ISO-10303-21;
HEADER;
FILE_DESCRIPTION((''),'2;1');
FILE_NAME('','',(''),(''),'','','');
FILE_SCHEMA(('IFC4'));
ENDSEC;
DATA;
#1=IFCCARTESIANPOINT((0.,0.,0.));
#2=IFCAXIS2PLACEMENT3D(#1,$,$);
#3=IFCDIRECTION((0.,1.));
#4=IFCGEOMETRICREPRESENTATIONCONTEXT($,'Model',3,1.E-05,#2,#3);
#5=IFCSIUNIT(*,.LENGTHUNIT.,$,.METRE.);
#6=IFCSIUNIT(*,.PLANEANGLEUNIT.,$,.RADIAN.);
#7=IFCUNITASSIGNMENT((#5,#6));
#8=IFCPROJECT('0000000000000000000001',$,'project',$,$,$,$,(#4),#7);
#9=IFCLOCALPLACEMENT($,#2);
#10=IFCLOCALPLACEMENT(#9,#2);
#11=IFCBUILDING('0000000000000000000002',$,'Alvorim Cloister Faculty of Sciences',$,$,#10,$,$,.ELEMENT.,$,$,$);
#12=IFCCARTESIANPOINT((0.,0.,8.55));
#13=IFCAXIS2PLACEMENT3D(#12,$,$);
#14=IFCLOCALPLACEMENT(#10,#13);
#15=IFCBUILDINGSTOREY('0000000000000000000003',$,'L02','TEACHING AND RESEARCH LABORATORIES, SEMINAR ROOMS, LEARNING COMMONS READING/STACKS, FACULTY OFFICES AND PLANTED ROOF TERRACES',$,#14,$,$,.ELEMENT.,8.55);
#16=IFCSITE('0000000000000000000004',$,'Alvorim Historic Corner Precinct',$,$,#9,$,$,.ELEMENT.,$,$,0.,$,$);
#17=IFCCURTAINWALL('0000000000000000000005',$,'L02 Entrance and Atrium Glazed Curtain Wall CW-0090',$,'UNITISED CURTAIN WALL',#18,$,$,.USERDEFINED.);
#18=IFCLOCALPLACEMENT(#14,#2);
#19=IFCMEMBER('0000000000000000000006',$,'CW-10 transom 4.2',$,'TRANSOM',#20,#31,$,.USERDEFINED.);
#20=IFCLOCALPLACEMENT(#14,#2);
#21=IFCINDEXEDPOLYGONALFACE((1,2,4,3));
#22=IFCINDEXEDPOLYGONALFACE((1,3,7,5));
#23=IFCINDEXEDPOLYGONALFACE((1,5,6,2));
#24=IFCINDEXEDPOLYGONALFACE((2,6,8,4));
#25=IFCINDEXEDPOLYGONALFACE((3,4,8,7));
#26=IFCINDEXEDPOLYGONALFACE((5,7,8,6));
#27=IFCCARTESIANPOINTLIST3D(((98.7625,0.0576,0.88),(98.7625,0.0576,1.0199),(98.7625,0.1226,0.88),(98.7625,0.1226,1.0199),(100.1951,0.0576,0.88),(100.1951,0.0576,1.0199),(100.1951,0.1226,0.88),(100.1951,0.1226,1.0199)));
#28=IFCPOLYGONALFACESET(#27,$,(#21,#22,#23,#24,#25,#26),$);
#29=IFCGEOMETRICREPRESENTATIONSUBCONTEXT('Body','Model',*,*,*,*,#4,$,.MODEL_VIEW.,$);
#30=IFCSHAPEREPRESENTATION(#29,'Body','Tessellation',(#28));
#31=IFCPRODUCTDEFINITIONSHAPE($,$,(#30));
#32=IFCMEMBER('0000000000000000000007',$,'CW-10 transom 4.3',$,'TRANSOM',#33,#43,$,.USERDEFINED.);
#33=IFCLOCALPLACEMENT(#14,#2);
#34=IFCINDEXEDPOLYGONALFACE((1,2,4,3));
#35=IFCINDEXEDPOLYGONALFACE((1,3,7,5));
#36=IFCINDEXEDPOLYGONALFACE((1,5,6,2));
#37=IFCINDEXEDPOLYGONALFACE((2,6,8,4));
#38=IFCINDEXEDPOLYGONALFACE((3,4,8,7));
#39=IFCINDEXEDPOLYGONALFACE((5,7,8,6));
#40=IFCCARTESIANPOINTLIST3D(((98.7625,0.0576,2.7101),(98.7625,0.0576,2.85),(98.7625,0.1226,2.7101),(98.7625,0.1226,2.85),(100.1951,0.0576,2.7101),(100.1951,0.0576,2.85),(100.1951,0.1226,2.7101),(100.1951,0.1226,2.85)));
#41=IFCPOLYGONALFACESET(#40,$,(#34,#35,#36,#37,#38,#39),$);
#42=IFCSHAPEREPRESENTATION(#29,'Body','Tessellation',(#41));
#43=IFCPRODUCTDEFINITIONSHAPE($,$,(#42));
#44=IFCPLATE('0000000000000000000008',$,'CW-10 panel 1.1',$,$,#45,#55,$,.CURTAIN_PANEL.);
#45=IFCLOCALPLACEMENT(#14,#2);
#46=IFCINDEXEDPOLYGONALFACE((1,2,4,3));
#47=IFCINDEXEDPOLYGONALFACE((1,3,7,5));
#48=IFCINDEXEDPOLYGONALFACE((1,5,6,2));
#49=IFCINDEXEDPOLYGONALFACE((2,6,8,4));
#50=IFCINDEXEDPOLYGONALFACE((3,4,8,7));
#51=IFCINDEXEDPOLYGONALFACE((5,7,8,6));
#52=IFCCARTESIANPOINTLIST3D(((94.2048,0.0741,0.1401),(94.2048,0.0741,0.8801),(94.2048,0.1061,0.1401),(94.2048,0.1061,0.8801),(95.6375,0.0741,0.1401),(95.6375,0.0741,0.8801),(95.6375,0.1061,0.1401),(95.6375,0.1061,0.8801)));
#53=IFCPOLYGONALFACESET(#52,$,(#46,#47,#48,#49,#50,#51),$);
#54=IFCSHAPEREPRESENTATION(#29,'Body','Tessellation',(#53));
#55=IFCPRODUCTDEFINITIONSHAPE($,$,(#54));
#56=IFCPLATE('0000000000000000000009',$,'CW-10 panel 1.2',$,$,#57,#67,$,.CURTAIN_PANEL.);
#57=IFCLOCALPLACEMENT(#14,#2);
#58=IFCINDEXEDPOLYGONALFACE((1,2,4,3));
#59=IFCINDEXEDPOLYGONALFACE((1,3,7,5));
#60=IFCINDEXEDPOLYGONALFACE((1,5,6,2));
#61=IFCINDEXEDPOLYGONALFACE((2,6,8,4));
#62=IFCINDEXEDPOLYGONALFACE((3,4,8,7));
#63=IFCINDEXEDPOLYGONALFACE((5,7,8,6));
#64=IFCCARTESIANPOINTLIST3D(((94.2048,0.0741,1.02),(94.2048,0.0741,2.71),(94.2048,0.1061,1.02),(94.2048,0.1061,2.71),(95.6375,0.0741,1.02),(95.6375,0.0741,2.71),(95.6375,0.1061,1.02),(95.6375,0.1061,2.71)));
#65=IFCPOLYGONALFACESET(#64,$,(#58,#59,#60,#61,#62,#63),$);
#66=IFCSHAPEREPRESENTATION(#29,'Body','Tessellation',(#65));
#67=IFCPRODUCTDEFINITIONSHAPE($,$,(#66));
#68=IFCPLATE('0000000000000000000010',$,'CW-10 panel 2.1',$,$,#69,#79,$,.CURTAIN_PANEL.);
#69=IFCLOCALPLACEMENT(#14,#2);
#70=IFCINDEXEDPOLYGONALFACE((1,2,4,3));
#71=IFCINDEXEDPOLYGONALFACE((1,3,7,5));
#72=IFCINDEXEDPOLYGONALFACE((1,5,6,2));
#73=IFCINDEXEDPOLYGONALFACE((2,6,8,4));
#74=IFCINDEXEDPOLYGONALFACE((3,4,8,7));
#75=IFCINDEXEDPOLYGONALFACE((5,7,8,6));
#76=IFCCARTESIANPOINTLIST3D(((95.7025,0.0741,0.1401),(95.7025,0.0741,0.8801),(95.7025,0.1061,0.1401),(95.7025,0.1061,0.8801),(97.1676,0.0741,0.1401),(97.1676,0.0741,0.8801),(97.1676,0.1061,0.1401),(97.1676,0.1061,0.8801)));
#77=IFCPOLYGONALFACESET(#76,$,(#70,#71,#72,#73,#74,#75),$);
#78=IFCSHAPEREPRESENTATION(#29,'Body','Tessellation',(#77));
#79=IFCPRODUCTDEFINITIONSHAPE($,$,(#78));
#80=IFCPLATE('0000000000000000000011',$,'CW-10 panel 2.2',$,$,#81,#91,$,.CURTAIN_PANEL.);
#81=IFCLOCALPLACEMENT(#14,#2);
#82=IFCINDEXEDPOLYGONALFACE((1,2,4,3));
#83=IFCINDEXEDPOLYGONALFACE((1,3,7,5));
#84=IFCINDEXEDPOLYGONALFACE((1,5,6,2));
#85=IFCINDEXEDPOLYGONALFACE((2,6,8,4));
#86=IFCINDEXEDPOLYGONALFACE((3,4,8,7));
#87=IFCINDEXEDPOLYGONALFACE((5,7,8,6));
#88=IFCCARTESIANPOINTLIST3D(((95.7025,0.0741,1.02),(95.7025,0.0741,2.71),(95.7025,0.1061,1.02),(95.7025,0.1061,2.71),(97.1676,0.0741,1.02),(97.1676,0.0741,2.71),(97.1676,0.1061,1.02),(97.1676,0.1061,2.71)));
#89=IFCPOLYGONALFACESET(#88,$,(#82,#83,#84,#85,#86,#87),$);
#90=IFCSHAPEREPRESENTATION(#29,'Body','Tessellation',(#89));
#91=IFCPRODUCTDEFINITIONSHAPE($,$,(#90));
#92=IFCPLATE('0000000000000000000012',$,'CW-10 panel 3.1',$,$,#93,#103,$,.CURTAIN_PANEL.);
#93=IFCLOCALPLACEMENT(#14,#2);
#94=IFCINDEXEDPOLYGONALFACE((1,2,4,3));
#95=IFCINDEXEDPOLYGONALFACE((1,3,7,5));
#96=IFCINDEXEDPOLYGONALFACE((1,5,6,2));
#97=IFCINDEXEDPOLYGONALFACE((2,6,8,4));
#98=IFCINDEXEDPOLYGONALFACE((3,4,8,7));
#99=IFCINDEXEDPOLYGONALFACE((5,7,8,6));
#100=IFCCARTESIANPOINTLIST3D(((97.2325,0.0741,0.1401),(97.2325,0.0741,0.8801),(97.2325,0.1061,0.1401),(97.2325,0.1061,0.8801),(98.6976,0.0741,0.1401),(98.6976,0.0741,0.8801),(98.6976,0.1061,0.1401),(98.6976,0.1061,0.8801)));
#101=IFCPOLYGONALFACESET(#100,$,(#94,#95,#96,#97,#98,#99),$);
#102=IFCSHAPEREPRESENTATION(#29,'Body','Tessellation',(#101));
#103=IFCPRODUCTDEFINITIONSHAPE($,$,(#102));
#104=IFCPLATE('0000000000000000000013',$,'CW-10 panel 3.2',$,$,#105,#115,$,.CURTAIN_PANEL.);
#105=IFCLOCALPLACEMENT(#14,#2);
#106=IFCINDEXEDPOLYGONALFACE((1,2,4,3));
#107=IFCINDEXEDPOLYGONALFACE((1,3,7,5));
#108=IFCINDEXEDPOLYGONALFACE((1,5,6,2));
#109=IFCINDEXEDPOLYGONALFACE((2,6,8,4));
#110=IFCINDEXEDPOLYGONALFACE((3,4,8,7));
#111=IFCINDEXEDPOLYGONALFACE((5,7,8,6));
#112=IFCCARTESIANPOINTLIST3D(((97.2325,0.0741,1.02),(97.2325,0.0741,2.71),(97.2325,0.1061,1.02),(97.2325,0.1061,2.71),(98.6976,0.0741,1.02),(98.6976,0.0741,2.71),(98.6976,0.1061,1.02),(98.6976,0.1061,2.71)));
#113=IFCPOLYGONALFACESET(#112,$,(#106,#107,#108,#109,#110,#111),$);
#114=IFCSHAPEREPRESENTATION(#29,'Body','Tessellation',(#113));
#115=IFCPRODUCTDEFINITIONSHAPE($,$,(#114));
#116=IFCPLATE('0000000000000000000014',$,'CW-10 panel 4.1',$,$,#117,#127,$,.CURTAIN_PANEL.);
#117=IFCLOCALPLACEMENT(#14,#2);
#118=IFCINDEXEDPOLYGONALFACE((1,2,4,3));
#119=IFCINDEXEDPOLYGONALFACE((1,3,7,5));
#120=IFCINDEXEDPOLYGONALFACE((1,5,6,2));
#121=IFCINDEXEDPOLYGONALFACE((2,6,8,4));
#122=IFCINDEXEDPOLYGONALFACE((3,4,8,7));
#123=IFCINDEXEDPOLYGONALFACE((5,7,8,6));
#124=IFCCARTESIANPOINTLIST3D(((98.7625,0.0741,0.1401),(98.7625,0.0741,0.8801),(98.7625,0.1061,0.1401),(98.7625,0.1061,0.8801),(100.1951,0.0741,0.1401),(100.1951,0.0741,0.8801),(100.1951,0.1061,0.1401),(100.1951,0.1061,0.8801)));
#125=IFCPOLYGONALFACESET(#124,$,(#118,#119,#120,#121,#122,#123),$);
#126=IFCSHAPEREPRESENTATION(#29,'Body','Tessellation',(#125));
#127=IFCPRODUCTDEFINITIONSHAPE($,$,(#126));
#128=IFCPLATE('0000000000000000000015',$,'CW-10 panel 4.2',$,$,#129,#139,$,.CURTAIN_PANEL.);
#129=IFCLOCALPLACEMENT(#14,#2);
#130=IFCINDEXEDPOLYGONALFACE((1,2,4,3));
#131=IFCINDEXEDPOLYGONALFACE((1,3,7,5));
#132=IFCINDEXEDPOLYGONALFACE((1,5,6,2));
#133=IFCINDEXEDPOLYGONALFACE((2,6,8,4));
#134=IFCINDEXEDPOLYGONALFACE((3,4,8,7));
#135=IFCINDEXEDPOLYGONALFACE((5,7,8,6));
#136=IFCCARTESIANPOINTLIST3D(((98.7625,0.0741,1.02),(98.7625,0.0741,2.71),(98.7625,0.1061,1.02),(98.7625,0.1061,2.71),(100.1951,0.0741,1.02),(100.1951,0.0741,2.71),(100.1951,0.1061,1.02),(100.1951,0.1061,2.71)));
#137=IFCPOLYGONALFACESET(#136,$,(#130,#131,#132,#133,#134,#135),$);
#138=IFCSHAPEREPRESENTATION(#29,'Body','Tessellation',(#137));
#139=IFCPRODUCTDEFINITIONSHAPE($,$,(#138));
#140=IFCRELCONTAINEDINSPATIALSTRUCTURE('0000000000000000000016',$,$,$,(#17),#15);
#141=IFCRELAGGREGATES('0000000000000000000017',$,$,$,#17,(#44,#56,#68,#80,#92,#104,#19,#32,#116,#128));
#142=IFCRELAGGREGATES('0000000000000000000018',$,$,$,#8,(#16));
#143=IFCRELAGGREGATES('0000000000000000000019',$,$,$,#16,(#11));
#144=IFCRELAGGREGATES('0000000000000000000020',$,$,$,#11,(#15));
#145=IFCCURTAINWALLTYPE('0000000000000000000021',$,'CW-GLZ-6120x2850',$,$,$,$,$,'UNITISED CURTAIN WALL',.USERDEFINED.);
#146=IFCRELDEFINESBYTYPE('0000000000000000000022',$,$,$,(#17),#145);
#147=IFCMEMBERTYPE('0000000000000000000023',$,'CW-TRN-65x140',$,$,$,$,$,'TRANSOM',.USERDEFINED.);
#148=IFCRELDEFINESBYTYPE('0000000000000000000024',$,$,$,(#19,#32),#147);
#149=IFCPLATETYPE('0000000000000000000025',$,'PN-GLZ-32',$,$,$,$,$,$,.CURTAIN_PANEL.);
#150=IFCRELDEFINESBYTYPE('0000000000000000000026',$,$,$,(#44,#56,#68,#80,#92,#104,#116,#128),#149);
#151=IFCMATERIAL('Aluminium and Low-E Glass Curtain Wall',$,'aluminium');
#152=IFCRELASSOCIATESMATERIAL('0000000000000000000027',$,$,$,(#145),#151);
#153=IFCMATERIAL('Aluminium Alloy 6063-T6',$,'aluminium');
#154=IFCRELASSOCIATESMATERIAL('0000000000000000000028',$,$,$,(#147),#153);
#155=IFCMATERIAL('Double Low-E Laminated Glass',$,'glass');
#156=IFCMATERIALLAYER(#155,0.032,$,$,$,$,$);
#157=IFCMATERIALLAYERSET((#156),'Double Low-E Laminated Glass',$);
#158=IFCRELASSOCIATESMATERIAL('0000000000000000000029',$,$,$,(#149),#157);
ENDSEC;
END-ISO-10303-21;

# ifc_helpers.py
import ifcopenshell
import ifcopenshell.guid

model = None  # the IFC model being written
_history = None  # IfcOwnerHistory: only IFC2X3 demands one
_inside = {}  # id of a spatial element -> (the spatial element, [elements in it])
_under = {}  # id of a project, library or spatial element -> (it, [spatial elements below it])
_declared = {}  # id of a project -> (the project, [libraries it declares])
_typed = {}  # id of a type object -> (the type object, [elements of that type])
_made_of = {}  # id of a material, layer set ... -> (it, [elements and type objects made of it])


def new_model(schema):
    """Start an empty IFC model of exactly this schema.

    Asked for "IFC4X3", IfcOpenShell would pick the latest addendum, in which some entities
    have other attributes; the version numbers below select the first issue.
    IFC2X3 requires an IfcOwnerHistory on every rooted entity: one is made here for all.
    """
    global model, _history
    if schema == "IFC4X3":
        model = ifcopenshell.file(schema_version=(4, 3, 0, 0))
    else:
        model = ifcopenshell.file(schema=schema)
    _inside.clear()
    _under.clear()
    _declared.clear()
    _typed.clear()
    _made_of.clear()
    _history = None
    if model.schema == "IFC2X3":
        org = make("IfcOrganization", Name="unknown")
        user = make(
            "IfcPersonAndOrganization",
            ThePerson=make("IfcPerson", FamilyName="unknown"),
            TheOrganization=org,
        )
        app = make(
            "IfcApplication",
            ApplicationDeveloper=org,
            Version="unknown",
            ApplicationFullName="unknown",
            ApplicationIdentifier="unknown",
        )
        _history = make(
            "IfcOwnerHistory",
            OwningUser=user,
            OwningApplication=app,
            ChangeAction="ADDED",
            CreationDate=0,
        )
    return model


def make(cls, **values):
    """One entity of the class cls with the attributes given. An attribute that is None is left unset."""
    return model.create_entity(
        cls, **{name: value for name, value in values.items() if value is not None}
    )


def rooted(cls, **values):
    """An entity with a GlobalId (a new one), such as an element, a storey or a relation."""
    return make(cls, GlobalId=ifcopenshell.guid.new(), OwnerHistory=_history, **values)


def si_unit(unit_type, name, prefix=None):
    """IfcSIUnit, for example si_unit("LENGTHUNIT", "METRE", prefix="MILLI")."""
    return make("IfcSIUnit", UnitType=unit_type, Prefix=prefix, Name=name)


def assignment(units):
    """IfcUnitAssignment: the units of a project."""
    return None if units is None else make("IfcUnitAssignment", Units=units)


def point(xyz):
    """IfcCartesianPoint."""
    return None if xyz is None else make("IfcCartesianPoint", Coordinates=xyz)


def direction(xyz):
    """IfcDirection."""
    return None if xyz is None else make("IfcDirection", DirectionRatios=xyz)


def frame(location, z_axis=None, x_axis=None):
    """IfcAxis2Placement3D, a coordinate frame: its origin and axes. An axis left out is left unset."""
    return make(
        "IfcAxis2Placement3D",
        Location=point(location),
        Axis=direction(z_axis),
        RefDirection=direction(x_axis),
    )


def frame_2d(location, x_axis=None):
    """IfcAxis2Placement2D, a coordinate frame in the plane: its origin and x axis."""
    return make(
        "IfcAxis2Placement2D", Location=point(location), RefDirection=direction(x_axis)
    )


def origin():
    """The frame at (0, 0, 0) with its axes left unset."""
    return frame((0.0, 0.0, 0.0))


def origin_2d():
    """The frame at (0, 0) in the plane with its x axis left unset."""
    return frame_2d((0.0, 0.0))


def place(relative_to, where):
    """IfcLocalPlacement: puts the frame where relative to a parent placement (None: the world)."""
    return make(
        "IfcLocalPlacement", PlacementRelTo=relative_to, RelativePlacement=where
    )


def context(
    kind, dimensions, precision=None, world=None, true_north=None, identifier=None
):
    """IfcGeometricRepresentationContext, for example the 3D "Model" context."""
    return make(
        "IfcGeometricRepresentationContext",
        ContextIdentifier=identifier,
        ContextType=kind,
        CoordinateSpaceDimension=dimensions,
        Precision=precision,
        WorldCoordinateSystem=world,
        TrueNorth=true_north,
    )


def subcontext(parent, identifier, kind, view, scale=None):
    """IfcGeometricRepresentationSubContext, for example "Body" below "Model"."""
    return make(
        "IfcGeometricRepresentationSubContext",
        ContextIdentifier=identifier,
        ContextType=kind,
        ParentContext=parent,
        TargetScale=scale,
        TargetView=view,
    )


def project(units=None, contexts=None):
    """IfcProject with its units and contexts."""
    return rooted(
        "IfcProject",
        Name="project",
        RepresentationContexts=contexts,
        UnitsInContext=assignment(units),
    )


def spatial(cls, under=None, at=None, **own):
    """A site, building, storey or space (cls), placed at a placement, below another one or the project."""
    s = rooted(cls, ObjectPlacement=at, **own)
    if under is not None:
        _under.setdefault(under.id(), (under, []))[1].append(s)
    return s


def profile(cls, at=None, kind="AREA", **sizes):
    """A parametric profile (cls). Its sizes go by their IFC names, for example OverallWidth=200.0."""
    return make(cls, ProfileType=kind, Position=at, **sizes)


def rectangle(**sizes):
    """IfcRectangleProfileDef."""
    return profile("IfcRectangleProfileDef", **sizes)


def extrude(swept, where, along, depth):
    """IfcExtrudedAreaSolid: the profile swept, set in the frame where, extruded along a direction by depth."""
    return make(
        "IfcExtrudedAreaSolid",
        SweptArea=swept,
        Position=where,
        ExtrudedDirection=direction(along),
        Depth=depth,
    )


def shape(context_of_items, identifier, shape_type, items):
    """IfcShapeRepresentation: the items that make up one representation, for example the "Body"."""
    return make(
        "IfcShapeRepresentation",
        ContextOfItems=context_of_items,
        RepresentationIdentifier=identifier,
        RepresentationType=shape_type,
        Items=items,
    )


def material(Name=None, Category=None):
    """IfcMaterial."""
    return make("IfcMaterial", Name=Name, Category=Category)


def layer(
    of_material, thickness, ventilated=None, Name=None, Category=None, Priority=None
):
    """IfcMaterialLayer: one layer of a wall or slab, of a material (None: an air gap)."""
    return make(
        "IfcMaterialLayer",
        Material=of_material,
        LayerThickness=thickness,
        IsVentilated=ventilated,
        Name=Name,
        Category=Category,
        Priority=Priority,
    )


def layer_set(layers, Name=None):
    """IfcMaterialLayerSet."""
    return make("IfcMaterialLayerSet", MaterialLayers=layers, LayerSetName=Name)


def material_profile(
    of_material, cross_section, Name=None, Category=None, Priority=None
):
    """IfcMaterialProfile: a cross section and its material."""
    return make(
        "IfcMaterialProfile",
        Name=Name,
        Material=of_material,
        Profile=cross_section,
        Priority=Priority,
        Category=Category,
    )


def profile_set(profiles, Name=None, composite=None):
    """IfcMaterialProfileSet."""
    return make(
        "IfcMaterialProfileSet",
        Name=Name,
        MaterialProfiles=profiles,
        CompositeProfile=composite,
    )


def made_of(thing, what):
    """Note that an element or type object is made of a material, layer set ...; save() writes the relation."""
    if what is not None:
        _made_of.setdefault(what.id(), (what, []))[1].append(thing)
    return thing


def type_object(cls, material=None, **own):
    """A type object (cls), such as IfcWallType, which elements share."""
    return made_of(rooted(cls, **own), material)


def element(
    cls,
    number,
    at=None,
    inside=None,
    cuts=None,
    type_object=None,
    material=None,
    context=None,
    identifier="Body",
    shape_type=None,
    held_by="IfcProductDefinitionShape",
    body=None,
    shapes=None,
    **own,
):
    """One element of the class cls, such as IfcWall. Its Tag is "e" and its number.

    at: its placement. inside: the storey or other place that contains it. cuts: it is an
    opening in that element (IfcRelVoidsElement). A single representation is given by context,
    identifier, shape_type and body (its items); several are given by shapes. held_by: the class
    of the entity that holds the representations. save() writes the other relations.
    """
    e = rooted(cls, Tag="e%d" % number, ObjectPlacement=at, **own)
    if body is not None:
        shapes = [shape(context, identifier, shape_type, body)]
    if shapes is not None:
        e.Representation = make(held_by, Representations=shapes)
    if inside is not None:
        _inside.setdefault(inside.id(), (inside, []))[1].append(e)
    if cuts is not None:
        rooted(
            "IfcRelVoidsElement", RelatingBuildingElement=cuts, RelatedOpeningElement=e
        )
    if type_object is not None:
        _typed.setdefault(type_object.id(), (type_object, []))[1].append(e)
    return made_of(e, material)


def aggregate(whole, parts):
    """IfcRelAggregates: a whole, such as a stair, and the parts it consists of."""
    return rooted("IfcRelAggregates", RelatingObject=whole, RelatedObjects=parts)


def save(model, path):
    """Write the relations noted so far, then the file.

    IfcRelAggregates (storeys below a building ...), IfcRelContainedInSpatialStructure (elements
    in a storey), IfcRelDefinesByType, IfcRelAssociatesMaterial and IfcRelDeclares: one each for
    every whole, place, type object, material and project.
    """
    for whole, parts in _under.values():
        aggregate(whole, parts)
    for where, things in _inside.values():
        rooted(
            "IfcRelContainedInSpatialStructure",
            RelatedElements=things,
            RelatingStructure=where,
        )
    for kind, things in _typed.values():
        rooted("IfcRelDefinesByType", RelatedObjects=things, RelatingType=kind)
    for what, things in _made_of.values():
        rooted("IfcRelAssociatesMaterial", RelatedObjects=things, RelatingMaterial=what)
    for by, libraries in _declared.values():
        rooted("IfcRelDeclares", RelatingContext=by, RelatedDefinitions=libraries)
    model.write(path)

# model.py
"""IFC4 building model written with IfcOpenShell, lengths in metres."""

from ifc_helpers import new_model, si_unit, direction, frame, origin, origin_2d, place, context, subcontext, project, spatial, rectangle, extrude, material, layer, layer_set, material_profile, profile_set, type_object, element, aggregate, save


model = new_model("IFC4")

# Units and contexts
model_context = context("Model", 3, precision=1e-05, world=origin(), true_north=direction((0.0, 1.0)))
body_context = subcontext(model_context, "Body", "Model", "MODEL_VIEW")
ifc_project = project(units=[si_unit("LENGTHUNIT", "METRE"), si_unit("PLANEANGLEUNIT", "RADIAN")], contexts=[model_context])

# Site, building, storey
site_placement = place(None, origin())
site = spatial("IfcSite", under=ifc_project, at=site_placement, Name="Alvorim Historic Corner Precinct", CompositionType="ELEMENT", RefElevation=0.0)
building_placement = place(site_placement, origin())
building = spatial("IfcBuilding", under=site, at=building_placement, Name="Alvorim Cloister Faculty of Sciences", CompositionType="ELEMENT")
storey_placement = place(building_placement, frame((0.0, 0.0, 8.55)))
storey = spatial("IfcBuildingStorey", under=building, at=storey_placement, Name="L02", Description="TEACHING AND RESEARCH LABORATORIES, SEMINAR ROOMS, LEARNING COMMONS READING/STACKS, FACULTY OFFICES AND PLANTED ROOF TERRACES", CompositionType="ELEMENT", Elevation=8.55)

# Curtain wall, members, plates
ifc_material_1 = material(Name="Aluminium and Low-E Glass Curtain Wall", Category="aluminium")
curtain_wall_type = type_object("IfcCurtainWallType", Name="CW-GLZ-6120x2850", ElementType="UNITISED CURTAIN WALL", PredefinedType="USERDEFINED", material=ifc_material_1)
curtain_wall_placement = place(storey_placement, origin())
curtain_wall = element("IfcCurtainWall", 1, at=curtain_wall_placement, inside=storey, type_object=curtain_wall_type, Name="L02 Entrance and Atrium Glazed Curtain Wall CW-0090", ObjectType="UNITISED CURTAIN WALL", PredefinedType="USERDEFINED")
ifc_material_2 = material(Name="Aluminium Alloy 6063-T6", Category="aluminium")
ifc_material_profile_1 = material_profile(ifc_material_2, rectangle(XDim=0.0649, YDim=0.1399, at=origin_2d()), Name="ALU-TRN-65x140")
ifc_profile_set_1 = profile_set([ifc_material_profile_1], Name="Aluminium Alloy 6063-T6")
member_type_1 = type_object("IfcMemberType", Name="CW-TRN-65x140", ElementType="TRANSOM", PredefinedType="USERDEFINED", material=ifc_profile_set_1)
member_1_placement = place(storey_placement, frame((98.7625, 0.0901, 0.95), z_axis=(1.0, 0.0, 0.0), x_axis=(0.0, 1.0, 0.0)))
member_1 = element("IfcMember", 2, at=member_1_placement, type_object=member_type_1, Name="CW-10 transom 4.2", ObjectType="TRANSOM", PredefinedType="USERDEFINED", context=body_context, shape_type="SweptSolid", body=[
    extrude(rectangle(XDim=0.0649, YDim=0.1399, at=origin_2d()), origin(), (0.0, 0.0, 1.0), 1.4326),
])
member_2_placement = place(storey_placement, frame((98.7625, 0.0901, 2.78), z_axis=(1.0, 0.0, 0.0), x_axis=(0.0, 1.0, 0.0)))
member_2 = element("IfcMember", 3, at=member_2_placement, type_object=member_type_1, Name="CW-10 transom 4.3", ObjectType="TRANSOM", PredefinedType="USERDEFINED", context=body_context, shape_type="SweptSolid", body=[
    extrude(rectangle(XDim=0.0649, YDim=0.1399, at=origin_2d()), origin(), (0.0, 0.0, 1.0), 1.4326),
])
ifc_material_3 = material(Name="Double Low-E Laminated Glass", Category="glass")
ifc_layer = layer(ifc_material_3, 0.032)
ifc_layer_set = layer_set([ifc_layer], Name="Double Low-E Laminated Glass")
plate_type = type_object("IfcPlateType", Name="PN-GLZ-32", PredefinedType="CURTAIN_PANEL", material=ifc_layer_set)
plate_1_placement = place(storey_placement, frame((94.9211, 0.0901, 0.1401), z_axis=(0.0, 0.0, 1.0), x_axis=(1.0, 0.0, 0.0)))
plate_1 = element("IfcPlate", 4, at=plate_1_placement, type_object=plate_type, Name="CW-10 panel 1.1", PredefinedType="CURTAIN_PANEL", context=body_context, shape_type="SweptSolid", body=[
    extrude(rectangle(XDim=1.4326, YDim=0.032, at=origin_2d()), origin(), (0.0, 0.0, 1.0), 0.74),
])
plate_2_placement = place(storey_placement, frame((94.9211, 0.0901, 1.02), z_axis=(0.0, 0.0, 1.0), x_axis=(1.0, 0.0, 0.0)))
plate_2 = element("IfcPlate", 5, at=plate_2_placement, type_object=plate_type, Name="CW-10 panel 1.2", PredefinedType="CURTAIN_PANEL", context=body_context, shape_type="SweptSolid", body=[
    extrude(rectangle(XDim=1.4326, YDim=0.032, at=origin_2d()), origin(), (0.0, 0.0, 1.0), 1.6899),
])
plate_3_placement = place(storey_placement, frame((96.4351, 0.0901, 0.1401), z_axis=(0.0, 0.0, 1.0), x_axis=(1.0, 0.0, 0.0)))
plate_3 = element("IfcPlate", 6, at=plate_3_placement, type_object=plate_type, Name="CW-10 panel 2.1", PredefinedType="CURTAIN_PANEL", context=body_context, shape_type="SweptSolid", body=[
    extrude(rectangle(XDim=1.4651, YDim=0.032, at=origin_2d()), origin(), (0.0, 0.0, 1.0), 0.74),
])
plate_4_placement = place(storey_placement, frame((96.4351, 0.0901, 1.02), z_axis=(0.0, 0.0, 1.0), x_axis=(1.0, 0.0, 0.0)))
plate_4 = element("IfcPlate", 7, at=plate_4_placement, type_object=plate_type, Name="CW-10 panel 2.2", PredefinedType="CURTAIN_PANEL", context=body_context, shape_type="SweptSolid", body=[
    extrude(rectangle(XDim=1.4651, YDim=0.032, at=origin_2d()), origin(), (0.0, 0.0, 1.0), 1.6899),
])
plate_5_placement = place(storey_placement, frame((97.9651, 0.0901, 0.1401), z_axis=(0.0, 0.0, 1.0), x_axis=(1.0, 0.0, 0.0)))
plate_5 = element("IfcPlate", 8, at=plate_5_placement, type_object=plate_type, Name="CW-10 panel 3.1", PredefinedType="CURTAIN_PANEL", context=body_context, shape_type="SweptSolid", body=[
    extrude(rectangle(XDim=1.4651, YDim=0.032, at=origin_2d()), origin(), (0.0, 0.0, 1.0), 0.74),
])
plate_6_placement = place(storey_placement, frame((97.9651, 0.0901, 1.02), z_axis=(0.0, 0.0, 1.0), x_axis=(1.0, 0.0, 0.0)))
plate_6 = element("IfcPlate", 9, at=plate_6_placement, type_object=plate_type, Name="CW-10 panel 3.2", PredefinedType="CURTAIN_PANEL", context=body_context, shape_type="SweptSolid", body=[
    extrude(rectangle(XDim=1.4651, YDim=0.032, at=origin_2d()), origin(), (0.0, 0.0, 1.0), 1.6899),
])
plate_7_placement = place(storey_placement, frame((99.4788, 0.0901, 0.1401), z_axis=(0.0, 0.0, 1.0), x_axis=(1.0, 0.0, 0.0)))
plate_7 = element("IfcPlate", 10, at=plate_7_placement, type_object=plate_type, Name="CW-10 panel 4.1", PredefinedType="CURTAIN_PANEL", context=body_context, shape_type="SweptSolid", body=[
    extrude(rectangle(XDim=1.4326, YDim=0.032, at=origin_2d()), origin(), (0.0, 0.0, 1.0), 0.74),
])
plate_8_placement = place(storey_placement, frame((99.4788, 0.0901, 1.02), z_axis=(0.0, 0.0, 1.0), x_axis=(1.0, 0.0, 0.0)))
plate_8 = element("IfcPlate", 11, at=plate_8_placement, type_object=plate_type, Name="CW-10 panel 4.2", PredefinedType="CURTAIN_PANEL", context=body_context, shape_type="SweptSolid", body=[
    extrude(rectangle(XDim=1.4326, YDim=0.032, at=origin_2d()), origin(), (0.0, 0.0, 1.0), 1.6899),
])
aggregate(curtain_wall, [plate_1, plate_2, plate_3, plate_4, plate_5, plate_6, member_1, member_2, plate_7, plate_8])

save(model, "model.ifc")
